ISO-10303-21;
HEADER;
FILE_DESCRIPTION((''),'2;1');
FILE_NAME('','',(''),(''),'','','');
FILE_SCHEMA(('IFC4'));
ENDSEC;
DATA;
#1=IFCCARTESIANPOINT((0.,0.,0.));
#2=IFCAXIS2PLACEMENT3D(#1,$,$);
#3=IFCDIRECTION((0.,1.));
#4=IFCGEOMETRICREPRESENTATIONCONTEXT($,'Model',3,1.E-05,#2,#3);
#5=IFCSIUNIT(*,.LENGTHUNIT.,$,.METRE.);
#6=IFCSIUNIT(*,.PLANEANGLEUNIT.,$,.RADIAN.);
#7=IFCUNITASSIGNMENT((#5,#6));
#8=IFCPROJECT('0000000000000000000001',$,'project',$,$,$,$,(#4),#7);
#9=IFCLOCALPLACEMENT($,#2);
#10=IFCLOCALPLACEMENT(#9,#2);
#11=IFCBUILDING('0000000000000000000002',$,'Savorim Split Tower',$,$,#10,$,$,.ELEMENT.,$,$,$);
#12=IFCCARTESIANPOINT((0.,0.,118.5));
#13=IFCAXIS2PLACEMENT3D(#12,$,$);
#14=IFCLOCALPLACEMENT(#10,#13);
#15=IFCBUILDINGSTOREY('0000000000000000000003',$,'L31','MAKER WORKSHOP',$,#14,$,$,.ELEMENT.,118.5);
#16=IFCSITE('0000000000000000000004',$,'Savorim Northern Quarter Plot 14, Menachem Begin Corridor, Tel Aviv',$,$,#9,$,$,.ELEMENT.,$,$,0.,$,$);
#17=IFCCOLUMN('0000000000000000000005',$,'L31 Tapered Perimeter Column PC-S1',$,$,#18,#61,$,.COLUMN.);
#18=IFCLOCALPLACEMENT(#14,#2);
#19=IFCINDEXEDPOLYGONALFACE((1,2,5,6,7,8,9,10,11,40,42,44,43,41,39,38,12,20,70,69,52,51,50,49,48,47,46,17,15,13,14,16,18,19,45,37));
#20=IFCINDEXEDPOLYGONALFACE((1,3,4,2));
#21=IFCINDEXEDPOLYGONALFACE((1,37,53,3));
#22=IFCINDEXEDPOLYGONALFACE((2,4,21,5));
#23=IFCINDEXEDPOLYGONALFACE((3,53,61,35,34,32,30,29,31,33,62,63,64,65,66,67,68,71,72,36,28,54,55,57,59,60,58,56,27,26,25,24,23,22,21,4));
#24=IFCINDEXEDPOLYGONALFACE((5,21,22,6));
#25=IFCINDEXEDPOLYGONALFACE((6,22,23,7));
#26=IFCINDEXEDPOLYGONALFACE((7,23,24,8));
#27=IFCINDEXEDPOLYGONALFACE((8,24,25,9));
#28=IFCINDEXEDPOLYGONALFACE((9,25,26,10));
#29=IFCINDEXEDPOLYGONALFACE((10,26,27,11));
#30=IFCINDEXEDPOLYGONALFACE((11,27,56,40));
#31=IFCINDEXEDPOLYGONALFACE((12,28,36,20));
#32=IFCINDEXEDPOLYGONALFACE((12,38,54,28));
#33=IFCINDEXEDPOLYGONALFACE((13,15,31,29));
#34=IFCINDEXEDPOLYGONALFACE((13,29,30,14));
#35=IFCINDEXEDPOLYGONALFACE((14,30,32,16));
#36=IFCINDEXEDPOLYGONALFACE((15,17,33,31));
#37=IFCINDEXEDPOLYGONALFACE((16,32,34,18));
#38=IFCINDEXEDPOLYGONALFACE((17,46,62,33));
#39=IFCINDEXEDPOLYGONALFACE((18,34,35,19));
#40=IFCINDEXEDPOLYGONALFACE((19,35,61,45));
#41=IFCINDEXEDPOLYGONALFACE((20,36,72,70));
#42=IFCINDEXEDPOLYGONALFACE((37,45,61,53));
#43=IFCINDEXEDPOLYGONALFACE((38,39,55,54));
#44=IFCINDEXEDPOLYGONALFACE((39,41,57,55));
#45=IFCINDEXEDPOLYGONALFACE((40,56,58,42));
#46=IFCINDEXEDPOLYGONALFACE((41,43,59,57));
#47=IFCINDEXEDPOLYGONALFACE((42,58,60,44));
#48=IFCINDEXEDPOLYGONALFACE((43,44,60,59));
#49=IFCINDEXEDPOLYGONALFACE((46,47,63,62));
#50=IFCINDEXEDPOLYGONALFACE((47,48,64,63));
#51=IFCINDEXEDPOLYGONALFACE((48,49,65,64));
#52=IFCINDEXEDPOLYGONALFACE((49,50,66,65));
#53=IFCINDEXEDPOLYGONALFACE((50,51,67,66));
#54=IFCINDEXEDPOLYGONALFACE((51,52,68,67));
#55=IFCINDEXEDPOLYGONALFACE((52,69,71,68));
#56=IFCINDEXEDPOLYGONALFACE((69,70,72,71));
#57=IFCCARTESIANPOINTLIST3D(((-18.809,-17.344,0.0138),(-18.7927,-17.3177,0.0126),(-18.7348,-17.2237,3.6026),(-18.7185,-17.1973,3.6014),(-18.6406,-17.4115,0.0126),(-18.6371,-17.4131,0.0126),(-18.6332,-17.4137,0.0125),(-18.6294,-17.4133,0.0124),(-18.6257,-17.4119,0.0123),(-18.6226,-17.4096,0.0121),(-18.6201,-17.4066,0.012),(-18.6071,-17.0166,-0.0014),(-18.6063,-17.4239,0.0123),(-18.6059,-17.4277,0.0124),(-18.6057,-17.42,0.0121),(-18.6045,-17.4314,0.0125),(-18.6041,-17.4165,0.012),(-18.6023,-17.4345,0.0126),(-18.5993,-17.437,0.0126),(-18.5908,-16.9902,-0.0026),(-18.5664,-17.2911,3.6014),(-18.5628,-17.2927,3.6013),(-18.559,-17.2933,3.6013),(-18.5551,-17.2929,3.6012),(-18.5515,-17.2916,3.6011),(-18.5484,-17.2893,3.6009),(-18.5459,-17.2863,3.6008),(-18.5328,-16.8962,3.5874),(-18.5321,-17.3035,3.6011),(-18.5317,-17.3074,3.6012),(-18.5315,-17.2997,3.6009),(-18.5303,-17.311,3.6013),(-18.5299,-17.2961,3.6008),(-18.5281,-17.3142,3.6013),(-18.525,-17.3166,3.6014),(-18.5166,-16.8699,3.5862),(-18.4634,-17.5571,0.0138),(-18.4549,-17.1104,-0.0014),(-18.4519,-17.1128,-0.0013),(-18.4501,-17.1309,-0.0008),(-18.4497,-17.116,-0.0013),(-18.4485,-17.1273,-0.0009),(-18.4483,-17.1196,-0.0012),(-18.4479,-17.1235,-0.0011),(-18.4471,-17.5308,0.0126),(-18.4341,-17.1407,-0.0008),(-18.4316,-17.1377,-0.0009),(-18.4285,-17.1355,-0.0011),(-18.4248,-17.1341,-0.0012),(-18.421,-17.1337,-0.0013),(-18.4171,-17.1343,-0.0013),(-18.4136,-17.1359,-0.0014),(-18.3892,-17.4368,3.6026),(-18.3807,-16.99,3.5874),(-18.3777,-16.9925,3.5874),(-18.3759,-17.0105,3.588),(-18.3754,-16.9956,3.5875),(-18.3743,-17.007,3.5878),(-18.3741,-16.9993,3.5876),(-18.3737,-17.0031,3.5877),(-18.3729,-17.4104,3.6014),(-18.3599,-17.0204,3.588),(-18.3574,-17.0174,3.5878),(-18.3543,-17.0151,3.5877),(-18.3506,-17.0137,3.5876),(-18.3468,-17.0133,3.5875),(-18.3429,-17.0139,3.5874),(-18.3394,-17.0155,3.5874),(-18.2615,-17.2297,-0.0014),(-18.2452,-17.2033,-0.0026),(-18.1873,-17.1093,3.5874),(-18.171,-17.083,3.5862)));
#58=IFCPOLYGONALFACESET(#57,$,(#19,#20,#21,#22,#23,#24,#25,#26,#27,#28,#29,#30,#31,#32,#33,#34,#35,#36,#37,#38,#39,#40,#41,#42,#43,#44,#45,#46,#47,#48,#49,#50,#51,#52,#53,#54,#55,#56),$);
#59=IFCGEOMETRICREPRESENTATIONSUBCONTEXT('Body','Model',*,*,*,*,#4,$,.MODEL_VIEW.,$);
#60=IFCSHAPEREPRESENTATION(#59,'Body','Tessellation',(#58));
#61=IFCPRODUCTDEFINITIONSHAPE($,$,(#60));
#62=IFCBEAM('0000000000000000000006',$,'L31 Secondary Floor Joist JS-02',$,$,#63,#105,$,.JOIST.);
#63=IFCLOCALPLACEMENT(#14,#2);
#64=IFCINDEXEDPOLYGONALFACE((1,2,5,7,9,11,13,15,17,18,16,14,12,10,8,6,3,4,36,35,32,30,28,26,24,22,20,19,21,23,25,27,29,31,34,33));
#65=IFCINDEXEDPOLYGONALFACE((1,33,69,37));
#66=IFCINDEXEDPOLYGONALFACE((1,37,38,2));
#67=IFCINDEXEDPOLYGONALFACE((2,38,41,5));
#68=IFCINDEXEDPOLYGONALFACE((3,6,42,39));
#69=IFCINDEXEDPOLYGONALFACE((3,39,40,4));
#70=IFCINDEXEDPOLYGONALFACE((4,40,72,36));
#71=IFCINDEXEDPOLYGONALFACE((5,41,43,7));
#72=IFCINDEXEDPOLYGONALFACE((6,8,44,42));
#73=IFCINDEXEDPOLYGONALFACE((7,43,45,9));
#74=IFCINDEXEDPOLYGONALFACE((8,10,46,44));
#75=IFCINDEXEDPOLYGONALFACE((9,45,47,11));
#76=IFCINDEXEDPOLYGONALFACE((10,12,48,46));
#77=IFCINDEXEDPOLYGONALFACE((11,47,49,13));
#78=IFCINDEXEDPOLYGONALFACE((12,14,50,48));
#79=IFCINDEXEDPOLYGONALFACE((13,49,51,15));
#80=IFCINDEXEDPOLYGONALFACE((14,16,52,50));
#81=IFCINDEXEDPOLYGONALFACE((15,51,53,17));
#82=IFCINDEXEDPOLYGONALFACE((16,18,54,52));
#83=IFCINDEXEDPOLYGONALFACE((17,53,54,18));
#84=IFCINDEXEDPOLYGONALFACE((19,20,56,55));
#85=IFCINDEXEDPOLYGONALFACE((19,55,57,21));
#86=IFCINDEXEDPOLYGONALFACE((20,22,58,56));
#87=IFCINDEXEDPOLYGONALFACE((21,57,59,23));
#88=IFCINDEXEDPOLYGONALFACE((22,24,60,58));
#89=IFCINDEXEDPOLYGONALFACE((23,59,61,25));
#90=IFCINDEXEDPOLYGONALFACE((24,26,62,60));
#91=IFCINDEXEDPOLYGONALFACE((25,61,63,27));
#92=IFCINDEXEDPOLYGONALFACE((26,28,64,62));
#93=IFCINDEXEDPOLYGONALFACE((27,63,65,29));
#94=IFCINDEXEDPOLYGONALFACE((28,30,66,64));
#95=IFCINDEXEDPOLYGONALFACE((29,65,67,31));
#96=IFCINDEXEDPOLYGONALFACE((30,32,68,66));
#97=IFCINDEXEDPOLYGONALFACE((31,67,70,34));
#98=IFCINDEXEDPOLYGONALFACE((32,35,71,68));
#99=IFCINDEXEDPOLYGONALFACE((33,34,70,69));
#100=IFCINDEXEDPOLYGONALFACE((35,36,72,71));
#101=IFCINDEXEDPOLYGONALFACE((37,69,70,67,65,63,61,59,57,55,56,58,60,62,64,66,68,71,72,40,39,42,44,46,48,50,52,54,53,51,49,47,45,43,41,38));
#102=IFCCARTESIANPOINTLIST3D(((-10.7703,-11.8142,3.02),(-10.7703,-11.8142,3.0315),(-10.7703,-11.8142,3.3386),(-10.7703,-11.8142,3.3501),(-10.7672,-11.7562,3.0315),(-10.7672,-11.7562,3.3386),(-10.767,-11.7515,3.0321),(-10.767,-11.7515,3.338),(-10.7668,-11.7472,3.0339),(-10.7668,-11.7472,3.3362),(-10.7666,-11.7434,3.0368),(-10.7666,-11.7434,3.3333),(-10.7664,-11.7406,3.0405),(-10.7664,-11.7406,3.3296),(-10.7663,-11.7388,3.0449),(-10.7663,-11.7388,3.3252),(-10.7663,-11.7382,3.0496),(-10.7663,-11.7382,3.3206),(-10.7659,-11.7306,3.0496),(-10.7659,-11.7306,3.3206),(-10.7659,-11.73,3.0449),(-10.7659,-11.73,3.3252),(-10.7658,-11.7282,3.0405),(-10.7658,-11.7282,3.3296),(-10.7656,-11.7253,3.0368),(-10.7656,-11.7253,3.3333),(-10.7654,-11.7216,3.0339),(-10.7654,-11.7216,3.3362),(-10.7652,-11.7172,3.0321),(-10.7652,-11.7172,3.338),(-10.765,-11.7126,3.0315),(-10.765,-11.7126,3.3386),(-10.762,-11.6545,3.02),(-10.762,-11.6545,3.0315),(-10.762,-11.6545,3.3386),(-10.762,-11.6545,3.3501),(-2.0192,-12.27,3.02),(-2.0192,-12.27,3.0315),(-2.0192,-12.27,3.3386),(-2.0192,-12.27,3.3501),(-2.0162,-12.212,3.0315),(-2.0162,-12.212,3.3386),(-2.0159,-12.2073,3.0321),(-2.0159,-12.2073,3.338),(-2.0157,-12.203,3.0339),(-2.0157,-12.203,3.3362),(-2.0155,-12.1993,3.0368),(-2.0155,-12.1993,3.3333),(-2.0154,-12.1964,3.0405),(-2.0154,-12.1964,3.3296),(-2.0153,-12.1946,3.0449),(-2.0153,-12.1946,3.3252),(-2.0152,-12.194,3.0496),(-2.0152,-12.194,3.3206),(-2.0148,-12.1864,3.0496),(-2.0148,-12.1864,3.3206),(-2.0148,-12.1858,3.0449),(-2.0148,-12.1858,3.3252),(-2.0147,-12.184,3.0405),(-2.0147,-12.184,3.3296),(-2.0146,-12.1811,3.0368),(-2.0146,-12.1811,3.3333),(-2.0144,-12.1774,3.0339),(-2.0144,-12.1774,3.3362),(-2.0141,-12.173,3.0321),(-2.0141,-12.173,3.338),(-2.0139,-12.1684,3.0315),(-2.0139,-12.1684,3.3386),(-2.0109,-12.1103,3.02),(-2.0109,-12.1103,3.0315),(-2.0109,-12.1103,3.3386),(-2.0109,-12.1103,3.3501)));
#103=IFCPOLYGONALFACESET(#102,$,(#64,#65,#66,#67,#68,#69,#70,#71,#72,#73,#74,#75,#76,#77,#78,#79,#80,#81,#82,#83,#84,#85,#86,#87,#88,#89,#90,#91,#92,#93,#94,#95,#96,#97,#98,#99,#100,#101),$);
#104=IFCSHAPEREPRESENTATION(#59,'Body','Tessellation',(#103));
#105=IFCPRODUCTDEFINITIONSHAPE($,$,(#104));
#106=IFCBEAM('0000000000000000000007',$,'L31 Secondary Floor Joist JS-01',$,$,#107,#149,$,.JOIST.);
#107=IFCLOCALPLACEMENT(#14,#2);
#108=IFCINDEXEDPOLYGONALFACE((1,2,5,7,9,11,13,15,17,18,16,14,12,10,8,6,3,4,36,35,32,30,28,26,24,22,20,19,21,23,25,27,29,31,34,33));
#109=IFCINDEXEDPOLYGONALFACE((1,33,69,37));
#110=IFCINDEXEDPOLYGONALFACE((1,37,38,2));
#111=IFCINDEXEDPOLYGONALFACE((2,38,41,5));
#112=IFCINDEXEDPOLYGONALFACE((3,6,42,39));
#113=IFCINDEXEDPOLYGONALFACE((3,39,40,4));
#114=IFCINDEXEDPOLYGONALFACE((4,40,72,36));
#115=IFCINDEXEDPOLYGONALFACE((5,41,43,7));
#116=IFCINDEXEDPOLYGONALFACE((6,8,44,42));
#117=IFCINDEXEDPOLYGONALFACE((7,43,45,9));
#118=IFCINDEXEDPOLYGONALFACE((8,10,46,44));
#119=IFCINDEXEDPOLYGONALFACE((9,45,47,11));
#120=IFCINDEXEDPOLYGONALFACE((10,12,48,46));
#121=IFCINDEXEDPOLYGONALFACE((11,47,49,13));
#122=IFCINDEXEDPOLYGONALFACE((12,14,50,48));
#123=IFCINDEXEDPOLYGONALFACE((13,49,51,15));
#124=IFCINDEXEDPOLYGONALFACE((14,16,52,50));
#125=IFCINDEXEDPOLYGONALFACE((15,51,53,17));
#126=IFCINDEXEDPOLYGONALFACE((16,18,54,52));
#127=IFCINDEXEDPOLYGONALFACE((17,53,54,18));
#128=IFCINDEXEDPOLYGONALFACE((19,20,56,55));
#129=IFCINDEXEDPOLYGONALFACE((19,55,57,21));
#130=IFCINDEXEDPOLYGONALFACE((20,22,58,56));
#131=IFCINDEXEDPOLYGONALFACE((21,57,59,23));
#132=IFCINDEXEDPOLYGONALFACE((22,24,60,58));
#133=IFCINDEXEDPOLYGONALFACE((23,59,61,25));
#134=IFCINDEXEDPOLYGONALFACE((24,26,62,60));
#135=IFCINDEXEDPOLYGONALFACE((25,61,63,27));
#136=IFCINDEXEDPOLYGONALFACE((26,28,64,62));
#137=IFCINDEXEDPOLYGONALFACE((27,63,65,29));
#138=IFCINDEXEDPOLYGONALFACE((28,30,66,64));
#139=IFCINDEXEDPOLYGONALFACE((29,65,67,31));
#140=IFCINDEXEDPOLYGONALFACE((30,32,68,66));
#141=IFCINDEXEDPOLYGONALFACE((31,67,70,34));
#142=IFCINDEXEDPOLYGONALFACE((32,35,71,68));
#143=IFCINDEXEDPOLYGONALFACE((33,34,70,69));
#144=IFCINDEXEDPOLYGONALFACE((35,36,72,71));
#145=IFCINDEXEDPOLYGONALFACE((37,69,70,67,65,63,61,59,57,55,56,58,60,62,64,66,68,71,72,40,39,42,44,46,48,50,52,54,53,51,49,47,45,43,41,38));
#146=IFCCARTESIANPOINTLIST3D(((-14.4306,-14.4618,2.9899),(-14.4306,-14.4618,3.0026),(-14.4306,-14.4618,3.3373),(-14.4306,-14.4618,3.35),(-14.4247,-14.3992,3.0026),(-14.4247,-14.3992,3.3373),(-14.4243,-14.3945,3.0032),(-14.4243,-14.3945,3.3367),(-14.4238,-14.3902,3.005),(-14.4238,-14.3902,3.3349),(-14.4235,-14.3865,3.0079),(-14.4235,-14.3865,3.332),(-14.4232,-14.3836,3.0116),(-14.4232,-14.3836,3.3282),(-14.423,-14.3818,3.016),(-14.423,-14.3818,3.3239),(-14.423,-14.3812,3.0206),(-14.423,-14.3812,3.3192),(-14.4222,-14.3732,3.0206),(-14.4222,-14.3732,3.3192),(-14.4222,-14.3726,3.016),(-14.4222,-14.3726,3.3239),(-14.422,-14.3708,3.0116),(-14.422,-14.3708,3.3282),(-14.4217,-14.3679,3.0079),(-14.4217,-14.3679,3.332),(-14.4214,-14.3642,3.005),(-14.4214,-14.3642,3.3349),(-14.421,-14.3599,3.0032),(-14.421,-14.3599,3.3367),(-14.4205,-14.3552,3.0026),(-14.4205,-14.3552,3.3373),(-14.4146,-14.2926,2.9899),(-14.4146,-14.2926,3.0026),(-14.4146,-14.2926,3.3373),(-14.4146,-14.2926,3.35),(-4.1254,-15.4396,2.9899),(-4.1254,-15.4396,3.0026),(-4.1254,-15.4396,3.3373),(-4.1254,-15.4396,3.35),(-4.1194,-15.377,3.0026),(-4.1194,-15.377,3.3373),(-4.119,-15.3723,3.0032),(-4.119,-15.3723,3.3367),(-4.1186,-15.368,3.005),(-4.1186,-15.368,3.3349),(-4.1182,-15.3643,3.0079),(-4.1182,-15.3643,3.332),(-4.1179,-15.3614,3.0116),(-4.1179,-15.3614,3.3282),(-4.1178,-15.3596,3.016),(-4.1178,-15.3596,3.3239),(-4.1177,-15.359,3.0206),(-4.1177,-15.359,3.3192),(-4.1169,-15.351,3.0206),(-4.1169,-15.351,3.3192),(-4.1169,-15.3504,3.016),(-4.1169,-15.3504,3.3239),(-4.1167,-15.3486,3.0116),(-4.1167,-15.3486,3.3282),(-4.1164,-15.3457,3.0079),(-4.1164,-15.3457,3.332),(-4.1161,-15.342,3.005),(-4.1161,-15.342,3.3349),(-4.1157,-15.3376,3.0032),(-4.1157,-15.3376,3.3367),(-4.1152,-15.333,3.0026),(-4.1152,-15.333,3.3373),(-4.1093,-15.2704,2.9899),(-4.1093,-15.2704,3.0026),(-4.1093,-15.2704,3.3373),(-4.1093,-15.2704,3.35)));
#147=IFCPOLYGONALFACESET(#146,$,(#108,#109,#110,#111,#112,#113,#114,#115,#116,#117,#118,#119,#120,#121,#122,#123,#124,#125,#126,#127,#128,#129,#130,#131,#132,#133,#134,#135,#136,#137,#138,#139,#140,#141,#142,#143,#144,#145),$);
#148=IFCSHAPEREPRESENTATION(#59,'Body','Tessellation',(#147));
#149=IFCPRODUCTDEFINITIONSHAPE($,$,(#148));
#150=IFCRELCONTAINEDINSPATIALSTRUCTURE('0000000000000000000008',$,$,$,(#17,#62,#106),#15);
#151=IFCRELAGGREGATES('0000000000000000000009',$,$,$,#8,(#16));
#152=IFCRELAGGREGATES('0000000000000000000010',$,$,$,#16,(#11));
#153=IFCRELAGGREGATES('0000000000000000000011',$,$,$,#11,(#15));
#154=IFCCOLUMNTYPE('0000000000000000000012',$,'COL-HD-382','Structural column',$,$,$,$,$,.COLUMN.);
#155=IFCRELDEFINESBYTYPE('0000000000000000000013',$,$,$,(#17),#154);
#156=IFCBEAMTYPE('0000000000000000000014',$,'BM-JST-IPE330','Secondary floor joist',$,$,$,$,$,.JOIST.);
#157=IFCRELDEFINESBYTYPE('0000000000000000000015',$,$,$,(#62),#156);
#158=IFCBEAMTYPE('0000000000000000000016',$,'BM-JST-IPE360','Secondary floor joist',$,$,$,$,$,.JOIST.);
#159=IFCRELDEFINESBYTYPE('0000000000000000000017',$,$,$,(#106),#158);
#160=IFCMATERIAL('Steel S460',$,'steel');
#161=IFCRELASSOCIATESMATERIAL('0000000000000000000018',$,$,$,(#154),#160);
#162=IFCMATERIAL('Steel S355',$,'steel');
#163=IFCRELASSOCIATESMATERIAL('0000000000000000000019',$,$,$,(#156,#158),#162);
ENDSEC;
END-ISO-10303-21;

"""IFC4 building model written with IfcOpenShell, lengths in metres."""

from ifc_helpers import new_model, si_unit, direction, frame, origin, origin_2d, place, context, subcontext, project, spatial, i_section, extrude, material, material_profile, profile_set, type_object, element, save


model = new_model("IFC4")

# Units and contexts
model_context = context("Model", 3, precision=1e-05, world=origin(), true_north=direction((0.0, 1.0)))
body_context = subcontext(model_context, "Body", "Model", "MODEL_VIEW")
ifc_project = project(units=[si_unit("LENGTHUNIT", "METRE"), si_unit("PLANEANGLEUNIT", "RADIAN")], contexts=[model_context])

# Site, building, storey
site_placement = place(None, origin())
site = spatial("IfcSite", under=ifc_project, at=site_placement, Name="Savorim Northern Quarter Plot 14, Menachem Begin Corridor, Tel Aviv", CompositionType="ELEMENT", RefElevation=0.0)
building_placement = place(site_placement, origin())
building = spatial("IfcBuilding", under=site, at=building_placement, Name="Savorim Split Tower", CompositionType="ELEMENT")
storey_placement = place(building_placement, frame((0.0, 0.0, 118.5)))
storey = spatial("IfcBuildingStorey", under=building, at=storey_placement, Name="L31", Description="MAKER WORKSHOP", CompositionType="ELEMENT", Elevation=118.5)

# Column
ifc_material_1 = material(Name="Steel S460", Category="steel")
ifc_material_profile_1 = material_profile(ifc_material_1, i_section(OverallWidth=0.406, OverallDepth=0.416, WebThickness=0.0188, FlangeThickness=0.031, FilletRadius=0.0149, at=origin_2d()), Name="HD 400x382")
ifc_profile_set_1 = profile_set([ifc_material_profile_1], Name="Steel S460")
column_type = type_object("IfcColumnType", Name="COL-HD-382", Description="Structural column", PredefinedType="COLUMN", material=ifc_profile_set_1)
column_placement = place(storey_placement, frame((-18.5271, -17.2737, 0.0056), z_axis=(0.020664, 0.033511, 0.999225), x_axis=(-0.851184, 0.524868, 0.0)))
element("IfcColumn", 1, at=column_placement, inside=storey, type_object=column_type, Name="L31 Tapered Perimeter Column PC-S1", PredefinedType="COLUMN", context=body_context, shape_type="SweptSolid", body=[
    extrude(i_section(OverallWidth=0.406, OverallDepth=0.416, WebThickness=0.0188, FlangeThickness=0.031, FilletRadius=0.0149, at=origin_2d()), origin(), (0.0, 0.0, 1.0), 3.5916),
])

# Beams
ifc_material_2 = material(Name="Steel S355", Category="steel")
ifc_material_profile_2 = material_profile(ifc_material_2, i_section(OverallWidth=0.1599, OverallDepth=0.3301, WebThickness=0.0076, FlangeThickness=0.0115, FilletRadius=0.0181, at=origin_2d()), Name="IPE 330")
ifc_profile_set_2 = profile_set([ifc_material_profile_2], Name="Steel S355")
beam_type_1 = type_object("IfcBeamType", Name="BM-JST-IPE330", Description="Secondary floor joist", PredefinedType="JOIST", material=ifc_profile_set_2)
beam_1_placement = place(storey_placement, frame((-10.7661, -11.7344, 3.1851), z_axis=(0.998646, -0.052016, 0.0), x_axis=(0.052016, 0.998646, 0.0)))
element("IfcBeam", 2, at=beam_1_placement, inside=storey, type_object=beam_type_1, Name="L31 Secondary Floor Joist JS-02", PredefinedType="JOIST", context=body_context, shape_type="SweptSolid", body=[
    extrude(i_section(OverallWidth=0.1599, OverallDepth=0.3301, WebThickness=0.0076, FlangeThickness=0.0115, FilletRadius=0.0181, at=origin_2d()), origin(), (0.0, 0.0, 1.0), 8.7629),
])
ifc_material_profile_3 = material_profile(ifc_material_2, i_section(OverallWidth=0.1699, OverallDepth=0.3601, WebThickness=0.0081, FlangeThickness=0.0127, FilletRadius=0.0181, at=origin_2d()), Name="IPE 360")
ifc_profile_set_3 = profile_set([ifc_material_profile_3], Name="Steel S355")
beam_type_2 = type_object("IfcBeamType", Name="BM-JST-IPE360", Description="Secondary floor joist", PredefinedType="JOIST", material=ifc_profile_set_3)
beam_2_placement = place(storey_placement, frame((-14.4226, -14.3772, 3.1699), z_axis=(0.995529, -0.094458, 0.0), x_axis=(0.094458, 0.995529, 0.0)))
element("IfcBeam", 3, at=beam_2_placement, inside=storey, type_object=beam_type_2, Name="L31 Secondary Floor Joist JS-01", PredefinedType="JOIST", context=body_context, shape_type="SweptSolid", body=[
    extrude(i_section(OverallWidth=0.1699, OverallDepth=0.3601, WebThickness=0.0081, FlangeThickness=0.0127, FilletRadius=0.0181, at=origin_2d()), origin(), (0.0, 0.0, 1.0), 10.3516),
])

save(model, "model.ifc")
